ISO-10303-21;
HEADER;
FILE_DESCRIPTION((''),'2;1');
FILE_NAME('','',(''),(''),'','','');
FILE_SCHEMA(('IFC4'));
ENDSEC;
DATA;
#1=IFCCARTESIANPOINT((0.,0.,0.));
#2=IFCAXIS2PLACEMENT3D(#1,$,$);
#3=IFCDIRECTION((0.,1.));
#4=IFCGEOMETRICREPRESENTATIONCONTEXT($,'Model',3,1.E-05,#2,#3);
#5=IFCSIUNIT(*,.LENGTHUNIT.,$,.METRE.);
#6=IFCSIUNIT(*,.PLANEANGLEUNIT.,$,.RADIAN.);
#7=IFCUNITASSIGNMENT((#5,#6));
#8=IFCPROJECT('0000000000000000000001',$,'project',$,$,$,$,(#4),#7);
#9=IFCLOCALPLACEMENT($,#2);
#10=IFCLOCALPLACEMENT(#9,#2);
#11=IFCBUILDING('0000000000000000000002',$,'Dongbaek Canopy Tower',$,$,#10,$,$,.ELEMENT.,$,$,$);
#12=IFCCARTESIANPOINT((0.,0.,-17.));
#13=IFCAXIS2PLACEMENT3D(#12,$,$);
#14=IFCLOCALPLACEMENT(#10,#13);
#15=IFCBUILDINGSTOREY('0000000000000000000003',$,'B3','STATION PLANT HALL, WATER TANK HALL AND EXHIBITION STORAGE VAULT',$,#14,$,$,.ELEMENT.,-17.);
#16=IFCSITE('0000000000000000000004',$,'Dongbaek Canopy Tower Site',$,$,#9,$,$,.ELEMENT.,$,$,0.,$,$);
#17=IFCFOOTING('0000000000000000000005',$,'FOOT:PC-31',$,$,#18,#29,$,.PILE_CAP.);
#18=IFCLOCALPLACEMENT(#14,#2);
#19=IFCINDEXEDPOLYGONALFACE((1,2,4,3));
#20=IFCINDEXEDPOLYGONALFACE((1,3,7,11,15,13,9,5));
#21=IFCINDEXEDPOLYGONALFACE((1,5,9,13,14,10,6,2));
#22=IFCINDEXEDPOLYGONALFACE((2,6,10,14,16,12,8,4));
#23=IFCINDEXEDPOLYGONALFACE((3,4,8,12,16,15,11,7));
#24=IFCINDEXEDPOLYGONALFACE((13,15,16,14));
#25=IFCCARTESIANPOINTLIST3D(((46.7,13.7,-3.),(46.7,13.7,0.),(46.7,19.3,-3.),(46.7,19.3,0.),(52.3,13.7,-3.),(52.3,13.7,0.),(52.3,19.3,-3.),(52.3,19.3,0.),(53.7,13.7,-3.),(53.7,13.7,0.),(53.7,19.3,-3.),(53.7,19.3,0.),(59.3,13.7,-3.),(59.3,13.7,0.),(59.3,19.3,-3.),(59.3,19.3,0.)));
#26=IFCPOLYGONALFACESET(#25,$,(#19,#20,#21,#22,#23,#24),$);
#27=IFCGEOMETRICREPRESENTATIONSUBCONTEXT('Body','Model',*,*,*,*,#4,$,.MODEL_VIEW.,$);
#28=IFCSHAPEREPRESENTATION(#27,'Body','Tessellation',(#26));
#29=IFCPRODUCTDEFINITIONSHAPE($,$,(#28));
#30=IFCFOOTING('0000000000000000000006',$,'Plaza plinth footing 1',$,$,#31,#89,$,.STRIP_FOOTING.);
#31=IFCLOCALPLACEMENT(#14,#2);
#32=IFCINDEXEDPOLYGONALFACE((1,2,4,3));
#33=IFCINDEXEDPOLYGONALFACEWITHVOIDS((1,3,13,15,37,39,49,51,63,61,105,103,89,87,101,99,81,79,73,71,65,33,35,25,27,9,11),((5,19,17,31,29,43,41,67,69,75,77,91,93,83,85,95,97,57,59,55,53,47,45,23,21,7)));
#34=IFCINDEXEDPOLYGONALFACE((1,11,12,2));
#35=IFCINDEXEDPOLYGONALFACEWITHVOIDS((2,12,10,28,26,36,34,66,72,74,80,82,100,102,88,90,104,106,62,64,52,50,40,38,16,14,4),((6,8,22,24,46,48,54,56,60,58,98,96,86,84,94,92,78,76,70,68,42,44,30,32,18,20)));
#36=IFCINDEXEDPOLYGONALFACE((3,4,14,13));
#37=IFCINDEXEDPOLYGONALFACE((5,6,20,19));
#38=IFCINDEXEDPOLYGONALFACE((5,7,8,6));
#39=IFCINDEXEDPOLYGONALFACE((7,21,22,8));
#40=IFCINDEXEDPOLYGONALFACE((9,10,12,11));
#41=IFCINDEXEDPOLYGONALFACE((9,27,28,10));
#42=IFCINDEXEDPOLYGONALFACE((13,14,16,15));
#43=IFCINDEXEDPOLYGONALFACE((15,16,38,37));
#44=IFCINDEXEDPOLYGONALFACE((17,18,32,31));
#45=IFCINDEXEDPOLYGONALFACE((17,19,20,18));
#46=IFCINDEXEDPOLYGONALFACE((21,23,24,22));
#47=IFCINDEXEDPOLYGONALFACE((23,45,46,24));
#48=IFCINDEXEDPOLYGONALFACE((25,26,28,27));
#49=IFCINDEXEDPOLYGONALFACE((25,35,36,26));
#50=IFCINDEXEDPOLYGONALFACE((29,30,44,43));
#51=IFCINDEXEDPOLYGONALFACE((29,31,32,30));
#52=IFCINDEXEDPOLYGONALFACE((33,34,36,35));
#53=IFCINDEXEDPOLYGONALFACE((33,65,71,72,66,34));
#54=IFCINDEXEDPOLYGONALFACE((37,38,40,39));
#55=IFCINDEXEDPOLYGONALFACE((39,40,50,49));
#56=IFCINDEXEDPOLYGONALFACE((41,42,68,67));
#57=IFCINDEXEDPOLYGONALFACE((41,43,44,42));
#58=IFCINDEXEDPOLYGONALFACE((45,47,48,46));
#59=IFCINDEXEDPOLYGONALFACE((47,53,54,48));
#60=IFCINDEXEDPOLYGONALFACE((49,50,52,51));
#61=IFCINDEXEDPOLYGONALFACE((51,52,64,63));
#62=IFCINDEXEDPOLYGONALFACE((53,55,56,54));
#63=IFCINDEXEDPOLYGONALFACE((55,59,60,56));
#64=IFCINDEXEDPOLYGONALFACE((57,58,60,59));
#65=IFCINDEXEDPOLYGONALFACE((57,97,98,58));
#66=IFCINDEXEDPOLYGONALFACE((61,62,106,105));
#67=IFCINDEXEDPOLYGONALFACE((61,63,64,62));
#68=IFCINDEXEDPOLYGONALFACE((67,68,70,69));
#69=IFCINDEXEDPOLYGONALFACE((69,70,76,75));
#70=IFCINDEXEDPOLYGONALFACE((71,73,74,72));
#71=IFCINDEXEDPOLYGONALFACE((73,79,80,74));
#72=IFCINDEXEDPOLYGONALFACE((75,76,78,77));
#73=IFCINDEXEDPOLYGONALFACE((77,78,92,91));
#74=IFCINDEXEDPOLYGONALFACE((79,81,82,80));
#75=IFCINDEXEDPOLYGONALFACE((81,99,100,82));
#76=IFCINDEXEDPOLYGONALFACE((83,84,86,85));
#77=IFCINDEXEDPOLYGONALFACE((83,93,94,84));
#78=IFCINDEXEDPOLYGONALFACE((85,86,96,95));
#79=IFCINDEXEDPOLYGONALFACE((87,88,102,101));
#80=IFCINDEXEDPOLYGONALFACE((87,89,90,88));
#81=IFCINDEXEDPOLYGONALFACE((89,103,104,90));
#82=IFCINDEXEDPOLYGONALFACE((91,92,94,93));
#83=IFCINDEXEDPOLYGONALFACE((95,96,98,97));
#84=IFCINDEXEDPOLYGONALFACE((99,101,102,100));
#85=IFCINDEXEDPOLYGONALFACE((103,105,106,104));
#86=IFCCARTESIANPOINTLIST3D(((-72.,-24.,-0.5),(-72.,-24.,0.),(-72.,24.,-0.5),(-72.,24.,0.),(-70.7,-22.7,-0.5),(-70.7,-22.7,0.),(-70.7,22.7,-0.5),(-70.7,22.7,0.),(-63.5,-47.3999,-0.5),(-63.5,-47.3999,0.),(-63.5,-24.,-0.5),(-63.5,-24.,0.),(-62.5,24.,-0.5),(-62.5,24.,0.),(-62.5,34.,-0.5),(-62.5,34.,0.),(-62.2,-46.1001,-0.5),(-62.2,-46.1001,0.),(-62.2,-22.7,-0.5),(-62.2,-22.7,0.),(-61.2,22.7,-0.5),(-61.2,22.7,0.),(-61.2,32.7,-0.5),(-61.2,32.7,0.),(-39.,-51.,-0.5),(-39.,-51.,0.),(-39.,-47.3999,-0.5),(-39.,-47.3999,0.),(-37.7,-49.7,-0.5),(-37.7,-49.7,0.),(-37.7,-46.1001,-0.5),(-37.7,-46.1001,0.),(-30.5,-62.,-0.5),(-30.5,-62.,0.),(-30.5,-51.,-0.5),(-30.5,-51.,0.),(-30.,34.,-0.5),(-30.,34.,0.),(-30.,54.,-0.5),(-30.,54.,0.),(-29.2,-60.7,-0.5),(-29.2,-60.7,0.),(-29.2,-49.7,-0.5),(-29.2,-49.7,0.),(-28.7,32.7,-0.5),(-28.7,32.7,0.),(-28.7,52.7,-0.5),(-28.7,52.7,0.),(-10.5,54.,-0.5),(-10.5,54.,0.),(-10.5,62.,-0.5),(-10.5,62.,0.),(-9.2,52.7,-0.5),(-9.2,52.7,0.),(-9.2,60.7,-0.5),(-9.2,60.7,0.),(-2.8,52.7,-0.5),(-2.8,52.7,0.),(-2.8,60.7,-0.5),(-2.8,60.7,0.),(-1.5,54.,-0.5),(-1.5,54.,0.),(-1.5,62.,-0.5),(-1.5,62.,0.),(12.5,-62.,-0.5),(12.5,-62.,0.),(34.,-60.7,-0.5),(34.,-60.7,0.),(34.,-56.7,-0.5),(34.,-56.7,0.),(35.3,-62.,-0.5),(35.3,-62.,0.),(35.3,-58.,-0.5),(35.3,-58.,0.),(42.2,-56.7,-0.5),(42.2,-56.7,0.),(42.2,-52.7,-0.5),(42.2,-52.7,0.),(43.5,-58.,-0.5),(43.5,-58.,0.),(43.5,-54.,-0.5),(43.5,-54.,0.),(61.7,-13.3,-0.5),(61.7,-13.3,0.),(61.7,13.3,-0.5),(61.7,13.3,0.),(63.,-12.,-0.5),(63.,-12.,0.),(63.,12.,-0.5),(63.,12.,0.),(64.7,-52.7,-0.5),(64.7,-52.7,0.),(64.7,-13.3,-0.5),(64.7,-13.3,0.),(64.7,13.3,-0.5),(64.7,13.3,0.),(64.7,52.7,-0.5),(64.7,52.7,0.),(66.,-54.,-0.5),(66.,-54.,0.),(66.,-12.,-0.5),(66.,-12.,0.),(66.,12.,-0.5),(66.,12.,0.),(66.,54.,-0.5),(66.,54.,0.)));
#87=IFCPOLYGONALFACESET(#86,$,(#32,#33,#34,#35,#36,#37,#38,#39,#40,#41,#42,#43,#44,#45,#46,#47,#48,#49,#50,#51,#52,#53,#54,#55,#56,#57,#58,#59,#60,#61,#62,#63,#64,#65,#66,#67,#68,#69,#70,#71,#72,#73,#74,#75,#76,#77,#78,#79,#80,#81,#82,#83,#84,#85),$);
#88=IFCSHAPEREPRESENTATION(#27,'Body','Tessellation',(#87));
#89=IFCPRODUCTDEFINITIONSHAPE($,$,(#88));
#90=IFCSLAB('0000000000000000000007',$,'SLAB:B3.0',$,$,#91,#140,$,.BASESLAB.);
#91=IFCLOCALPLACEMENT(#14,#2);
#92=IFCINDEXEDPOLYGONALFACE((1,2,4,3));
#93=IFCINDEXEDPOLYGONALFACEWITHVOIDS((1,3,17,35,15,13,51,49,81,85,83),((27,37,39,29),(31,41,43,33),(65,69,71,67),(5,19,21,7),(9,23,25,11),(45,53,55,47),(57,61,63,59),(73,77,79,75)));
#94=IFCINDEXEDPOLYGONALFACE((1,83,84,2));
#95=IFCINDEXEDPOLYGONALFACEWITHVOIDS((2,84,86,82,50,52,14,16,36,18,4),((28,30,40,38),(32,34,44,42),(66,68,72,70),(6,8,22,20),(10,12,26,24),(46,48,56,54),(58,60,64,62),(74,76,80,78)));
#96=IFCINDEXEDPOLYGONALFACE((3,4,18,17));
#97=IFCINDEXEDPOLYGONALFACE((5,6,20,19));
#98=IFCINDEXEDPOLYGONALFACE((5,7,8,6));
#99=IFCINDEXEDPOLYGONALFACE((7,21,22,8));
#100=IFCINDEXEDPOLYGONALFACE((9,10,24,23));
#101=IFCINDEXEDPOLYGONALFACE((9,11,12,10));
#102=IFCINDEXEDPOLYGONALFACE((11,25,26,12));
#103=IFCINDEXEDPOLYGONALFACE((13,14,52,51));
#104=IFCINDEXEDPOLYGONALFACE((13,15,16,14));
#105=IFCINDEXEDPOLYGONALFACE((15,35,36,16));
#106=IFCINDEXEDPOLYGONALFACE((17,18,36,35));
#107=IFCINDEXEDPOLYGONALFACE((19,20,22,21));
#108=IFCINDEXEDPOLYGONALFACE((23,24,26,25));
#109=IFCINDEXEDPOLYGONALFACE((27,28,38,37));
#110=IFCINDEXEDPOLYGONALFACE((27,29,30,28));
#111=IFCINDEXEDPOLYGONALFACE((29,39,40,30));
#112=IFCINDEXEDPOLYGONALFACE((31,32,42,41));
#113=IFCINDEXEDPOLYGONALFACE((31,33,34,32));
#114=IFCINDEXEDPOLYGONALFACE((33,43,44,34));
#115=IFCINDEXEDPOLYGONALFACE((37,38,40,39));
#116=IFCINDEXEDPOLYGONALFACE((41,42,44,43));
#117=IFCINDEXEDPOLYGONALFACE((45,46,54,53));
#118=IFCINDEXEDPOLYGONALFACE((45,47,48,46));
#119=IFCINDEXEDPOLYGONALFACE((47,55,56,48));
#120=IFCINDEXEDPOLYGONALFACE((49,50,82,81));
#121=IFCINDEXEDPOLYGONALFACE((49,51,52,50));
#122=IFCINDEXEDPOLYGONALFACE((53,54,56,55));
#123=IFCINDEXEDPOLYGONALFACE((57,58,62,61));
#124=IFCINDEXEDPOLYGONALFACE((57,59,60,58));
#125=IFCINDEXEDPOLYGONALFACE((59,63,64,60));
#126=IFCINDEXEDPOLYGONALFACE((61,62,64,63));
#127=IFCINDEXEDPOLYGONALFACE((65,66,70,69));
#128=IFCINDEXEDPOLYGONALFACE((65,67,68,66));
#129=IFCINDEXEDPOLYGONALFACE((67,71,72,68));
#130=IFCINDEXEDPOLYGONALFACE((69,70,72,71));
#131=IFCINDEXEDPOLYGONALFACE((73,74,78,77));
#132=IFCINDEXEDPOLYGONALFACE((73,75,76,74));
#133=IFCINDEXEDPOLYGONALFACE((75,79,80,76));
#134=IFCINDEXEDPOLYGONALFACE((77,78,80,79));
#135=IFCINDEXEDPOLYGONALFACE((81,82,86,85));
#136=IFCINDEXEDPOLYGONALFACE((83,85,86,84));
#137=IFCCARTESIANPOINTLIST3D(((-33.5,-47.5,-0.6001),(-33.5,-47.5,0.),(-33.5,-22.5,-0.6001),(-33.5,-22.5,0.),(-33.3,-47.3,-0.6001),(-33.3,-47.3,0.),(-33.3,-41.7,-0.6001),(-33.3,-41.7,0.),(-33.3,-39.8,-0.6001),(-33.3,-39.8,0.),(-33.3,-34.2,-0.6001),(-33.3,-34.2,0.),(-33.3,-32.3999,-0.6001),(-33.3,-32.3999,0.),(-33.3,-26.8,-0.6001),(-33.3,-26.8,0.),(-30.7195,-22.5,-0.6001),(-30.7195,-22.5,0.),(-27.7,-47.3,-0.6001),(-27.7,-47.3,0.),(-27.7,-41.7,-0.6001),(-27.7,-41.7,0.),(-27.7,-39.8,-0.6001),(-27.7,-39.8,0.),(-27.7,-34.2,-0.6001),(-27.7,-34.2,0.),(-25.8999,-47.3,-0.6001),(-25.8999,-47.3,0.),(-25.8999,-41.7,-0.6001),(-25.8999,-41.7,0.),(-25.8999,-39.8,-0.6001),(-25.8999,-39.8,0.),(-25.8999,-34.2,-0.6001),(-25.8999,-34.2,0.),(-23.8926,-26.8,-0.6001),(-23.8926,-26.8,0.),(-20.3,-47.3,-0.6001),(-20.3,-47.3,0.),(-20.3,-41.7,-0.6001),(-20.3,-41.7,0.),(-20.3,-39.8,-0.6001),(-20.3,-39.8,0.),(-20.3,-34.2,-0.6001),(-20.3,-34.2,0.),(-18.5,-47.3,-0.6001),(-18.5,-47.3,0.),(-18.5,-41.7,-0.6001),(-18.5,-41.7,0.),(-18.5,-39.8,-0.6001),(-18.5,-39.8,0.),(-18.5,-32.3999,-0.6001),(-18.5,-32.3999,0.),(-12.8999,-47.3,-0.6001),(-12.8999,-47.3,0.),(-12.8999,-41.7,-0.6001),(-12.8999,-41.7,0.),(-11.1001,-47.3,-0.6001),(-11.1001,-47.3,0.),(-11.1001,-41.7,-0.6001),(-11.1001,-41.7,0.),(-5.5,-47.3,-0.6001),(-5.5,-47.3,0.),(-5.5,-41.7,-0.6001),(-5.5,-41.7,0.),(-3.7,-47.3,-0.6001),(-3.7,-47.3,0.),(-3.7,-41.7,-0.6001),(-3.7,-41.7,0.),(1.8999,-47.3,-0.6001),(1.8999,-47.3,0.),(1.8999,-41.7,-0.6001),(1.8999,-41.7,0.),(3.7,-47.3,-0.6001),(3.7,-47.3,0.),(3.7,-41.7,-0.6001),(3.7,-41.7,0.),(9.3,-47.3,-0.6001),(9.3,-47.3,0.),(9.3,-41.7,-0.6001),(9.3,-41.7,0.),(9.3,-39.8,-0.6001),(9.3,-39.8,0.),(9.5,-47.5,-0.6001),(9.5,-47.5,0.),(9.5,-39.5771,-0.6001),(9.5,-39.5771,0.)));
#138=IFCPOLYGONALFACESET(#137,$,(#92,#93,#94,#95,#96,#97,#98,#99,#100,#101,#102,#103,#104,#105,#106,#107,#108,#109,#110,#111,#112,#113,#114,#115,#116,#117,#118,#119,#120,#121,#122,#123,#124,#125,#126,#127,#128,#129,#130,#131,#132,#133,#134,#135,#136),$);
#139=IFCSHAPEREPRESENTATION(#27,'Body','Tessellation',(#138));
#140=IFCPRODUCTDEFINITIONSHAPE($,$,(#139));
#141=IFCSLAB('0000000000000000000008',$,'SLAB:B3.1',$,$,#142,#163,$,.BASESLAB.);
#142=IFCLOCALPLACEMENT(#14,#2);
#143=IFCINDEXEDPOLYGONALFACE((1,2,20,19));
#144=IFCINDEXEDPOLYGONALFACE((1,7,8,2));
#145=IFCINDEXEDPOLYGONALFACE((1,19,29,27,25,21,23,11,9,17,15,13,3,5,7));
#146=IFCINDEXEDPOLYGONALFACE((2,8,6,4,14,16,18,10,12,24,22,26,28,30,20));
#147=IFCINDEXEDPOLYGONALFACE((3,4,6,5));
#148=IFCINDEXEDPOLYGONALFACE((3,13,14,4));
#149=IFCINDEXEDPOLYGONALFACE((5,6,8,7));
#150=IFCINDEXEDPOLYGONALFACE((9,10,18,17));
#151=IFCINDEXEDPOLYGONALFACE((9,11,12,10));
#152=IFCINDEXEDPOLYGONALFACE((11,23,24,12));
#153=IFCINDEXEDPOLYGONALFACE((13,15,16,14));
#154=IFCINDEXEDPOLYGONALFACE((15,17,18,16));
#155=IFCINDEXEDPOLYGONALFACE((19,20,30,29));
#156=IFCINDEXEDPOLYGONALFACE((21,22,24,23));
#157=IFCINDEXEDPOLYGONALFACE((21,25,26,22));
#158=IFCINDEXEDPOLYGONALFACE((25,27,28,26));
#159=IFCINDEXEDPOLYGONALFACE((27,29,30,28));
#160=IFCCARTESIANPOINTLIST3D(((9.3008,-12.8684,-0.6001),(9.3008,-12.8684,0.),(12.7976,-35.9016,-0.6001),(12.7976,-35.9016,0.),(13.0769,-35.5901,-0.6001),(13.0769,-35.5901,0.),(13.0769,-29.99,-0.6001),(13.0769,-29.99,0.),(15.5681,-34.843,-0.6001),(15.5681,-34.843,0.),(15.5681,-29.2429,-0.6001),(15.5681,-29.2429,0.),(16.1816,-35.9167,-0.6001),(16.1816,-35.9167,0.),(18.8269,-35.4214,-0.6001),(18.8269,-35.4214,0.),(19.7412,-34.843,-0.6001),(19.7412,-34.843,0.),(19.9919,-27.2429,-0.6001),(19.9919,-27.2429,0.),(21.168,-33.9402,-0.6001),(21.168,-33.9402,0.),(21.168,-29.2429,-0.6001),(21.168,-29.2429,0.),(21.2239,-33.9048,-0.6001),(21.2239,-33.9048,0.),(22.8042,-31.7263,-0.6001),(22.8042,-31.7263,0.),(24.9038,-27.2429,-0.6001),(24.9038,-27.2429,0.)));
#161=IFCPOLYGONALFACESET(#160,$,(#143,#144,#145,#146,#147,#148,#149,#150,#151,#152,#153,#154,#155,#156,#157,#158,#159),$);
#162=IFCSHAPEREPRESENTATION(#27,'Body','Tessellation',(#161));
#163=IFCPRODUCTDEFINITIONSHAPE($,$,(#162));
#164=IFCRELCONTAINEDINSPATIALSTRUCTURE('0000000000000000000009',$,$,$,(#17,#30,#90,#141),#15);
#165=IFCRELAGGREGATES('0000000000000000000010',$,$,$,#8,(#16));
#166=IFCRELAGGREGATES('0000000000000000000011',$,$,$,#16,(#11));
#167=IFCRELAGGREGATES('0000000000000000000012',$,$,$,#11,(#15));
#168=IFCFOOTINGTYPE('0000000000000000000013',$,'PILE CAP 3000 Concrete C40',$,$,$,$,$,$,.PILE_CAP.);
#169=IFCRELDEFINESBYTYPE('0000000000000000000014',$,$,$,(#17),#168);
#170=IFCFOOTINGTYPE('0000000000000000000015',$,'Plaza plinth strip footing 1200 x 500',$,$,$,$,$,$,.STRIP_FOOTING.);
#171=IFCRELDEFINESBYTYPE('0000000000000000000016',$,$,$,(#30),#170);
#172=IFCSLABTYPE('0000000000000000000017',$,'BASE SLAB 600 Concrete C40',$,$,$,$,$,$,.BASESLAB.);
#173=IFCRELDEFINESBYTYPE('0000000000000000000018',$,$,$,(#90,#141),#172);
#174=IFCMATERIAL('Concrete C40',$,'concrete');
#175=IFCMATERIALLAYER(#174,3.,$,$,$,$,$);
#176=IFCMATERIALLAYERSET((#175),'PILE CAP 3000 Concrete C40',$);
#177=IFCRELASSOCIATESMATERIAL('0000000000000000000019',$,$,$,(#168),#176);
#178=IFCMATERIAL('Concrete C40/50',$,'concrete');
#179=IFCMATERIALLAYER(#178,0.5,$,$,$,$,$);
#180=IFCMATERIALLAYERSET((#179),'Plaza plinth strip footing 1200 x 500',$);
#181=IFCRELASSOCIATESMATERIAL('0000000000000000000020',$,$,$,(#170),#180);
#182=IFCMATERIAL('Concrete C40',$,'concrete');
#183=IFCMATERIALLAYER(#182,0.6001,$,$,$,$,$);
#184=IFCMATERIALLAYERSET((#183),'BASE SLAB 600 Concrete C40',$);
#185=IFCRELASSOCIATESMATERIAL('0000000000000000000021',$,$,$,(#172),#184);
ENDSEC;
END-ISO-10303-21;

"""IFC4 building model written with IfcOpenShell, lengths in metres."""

from ifc_helpers import new_model, si_unit, direction, frame, origin, place, context, subcontext, project, spatial, polyline, outline, extrude, material, layer, layer_set, type_object, element, save


model = new_model("IFC4")

# Units and contexts
model_context = context("Model", 3, precision=1e-05, world=origin(), true_north=direction((0.0, 1.0)))
body_context = subcontext(model_context, "Body", "Model", "MODEL_VIEW")
ifc_project = project(units=[si_unit("LENGTHUNIT", "METRE"), si_unit("PLANEANGLEUNIT", "RADIAN")], contexts=[model_context])

# Site, building, storey
site_placement = place(None, origin())
site = spatial("IfcSite", under=ifc_project, at=site_placement, Name="Dongbaek Canopy Tower Site", CompositionType="ELEMENT", RefElevation=0.0)
building_placement = place(site_placement, origin())
building = spatial("IfcBuilding", under=site, at=building_placement, Name="Dongbaek Canopy Tower", CompositionType="ELEMENT")
storey_placement = place(building_placement, frame((0.0, 0.0, -17.0)))
storey = spatial("IfcBuildingStorey", under=building, at=storey_placement, Name="B3", Description="STATION PLANT HALL, WATER TANK HALL AND EXHIBITION STORAGE VAULT", CompositionType="ELEMENT", Elevation=-17.0)

# Footings
ifc_material_1 = material(Name="Concrete C40", Category="concrete")
ifc_layer_1 = layer(ifc_material_1, 3.0)
ifc_layer_set_1 = layer_set([ifc_layer_1], Name="PILE CAP 3000 Concrete C40")
footing_type_1 = type_object("IfcFootingType", Name="PILE CAP 3000 Concrete C40", PredefinedType="PILE_CAP", material=ifc_layer_set_1)
footing_1_placement = place(storey_placement, frame((0.0, 0.0, -3.0)))
element("IfcFooting", 1, at=footing_1_placement, inside=storey, type_object=footing_type_1, Name="FOOT:PC-31", PredefinedType="PILE_CAP", context=body_context, shape_type="SweptSolid", body=[
    extrude(outline(polyline([(52.3, 19.3), (53.7, 19.3), (59.3, 19.3), (59.3, 13.7), (53.7, 13.7), (52.3, 13.7), (46.7, 13.7), (46.7, 19.3), (52.3, 19.3)])), origin(), (0.0, 0.0, 1.0), 3.0),
])
ifc_material_2 = material(Name="Concrete C40/50", Category="concrete")
ifc_layer_2 = layer(ifc_material_2, 0.5)
ifc_layer_set_2 = layer_set([ifc_layer_2], Name="Plaza plinth strip footing 1200 x 500")
footing_type_2 = type_object("IfcFootingType", Name="Plaza plinth strip footing 1200 x 500", PredefinedType="STRIP_FOOTING", material=ifc_layer_set_2)
footing_2_placement = place(storey_placement, frame((0.0, 0.0, -0.5)))
element("IfcFooting", 2, at=footing_2_placement, inside=storey, type_object=footing_type_2, Name="Plaza plinth footing 1", PredefinedType="STRIP_FOOTING", context=body_context, shape_type="SweptSolid", body=[
    extrude(outline(polyline([(-62.5, 34.0), (-30.0, 34.0), (-30.0, 54.0), (-10.5, 54.0), (-10.5, 62.0), (-1.5, 62.0), (-1.5, 54.0), (66.0, 54.0), (66.0, 12.0), (63.0, 12.0), (63.0, -12.0), (66.0, -12.0), (66.0, -54.0), (43.5, -54.0), (43.5, -58.0), (35.3, -58.0), (35.3, -62.0), (12.5, -62.0), (-30.5, -62.0), (-30.5, -51.0), (-39.0, -51.0), (-39.0, -47.3999), (-63.5, -47.3999), (-63.5, -24.0), (-72.0, -24.0), (-72.0, 24.0), (-62.5, 24.0), (-62.5, 34.0)]), holes=[polyline([(-70.7, 22.7), (-70.7, -22.7), (-62.2, -22.7), (-62.2, -46.1001), (-37.7, -46.1001), (-37.7, -49.7), (-29.2, -49.7), (-29.2, -60.7), (34.0, -60.7), (34.0, -56.7), (42.2, -56.7), (42.2, -52.7), (64.7, -52.7), (64.7, -13.3), (61.7, -13.3), (61.7, 13.3), (64.7, 13.3), (64.7, 52.7), (-2.8, 52.7), (-2.8, 60.7), (-9.2, 60.7), (-9.2, 52.7), (-28.7, 52.7), (-28.7, 32.7), (-61.2, 32.7), (-61.2, 22.7), (-70.7, 22.7)])]), origin(), (0.0, 0.0, 1.0), 0.5),
])

# Slabs
ifc_material_3 = material(Name="Concrete C40", Category="concrete")
ifc_layer_3 = layer(ifc_material_3, 0.6001)
ifc_layer_set_3 = layer_set([ifc_layer_3], Name="BASE SLAB 600 Concrete C40")
slab_type_1 = type_object("IfcSlabType", Name="BASE SLAB 600 Concrete C40", PredefinedType="BASESLAB", material=ifc_layer_set_3)
slab_1_placement = place(storey_placement, frame((0.0, 0.0, -0.6001)))
element("IfcSlab", 3, at=slab_1_placement, inside=storey, type_object=slab_type_1, Name="SLAB:B3.0", PredefinedType="BASESLAB", context=body_context, shape_type="SweptSolid", body=[
    extrude(outline(polyline([(9.5, -47.5), (-33.5, -47.5), (-33.5, -22.5), (-30.7195, -22.5), (-23.8926, -26.8), (-33.3, -26.8), (-33.3, -32.3999), (-18.5, -32.3999), (-18.5, -39.8), (9.3, -39.8), (9.5, -39.5771), (9.5, -47.5)]), holes=[polyline([(-27.7, -41.7), (-33.3, -41.7), (-33.3, -47.3), (-27.7, -47.3), (-27.7, -41.7)]), polyline([(-27.7, -39.8), (-27.7, -34.2), (-33.3, -34.2), (-33.3, -39.8), (-27.7, -39.8)]), polyline([(-20.3, -47.3), (-20.3, -41.7), (-25.8999, -41.7), (-25.8999, -47.3), (-20.3, -47.3)]), polyline([(-12.8999, -47.3), (-12.8999, -41.7), (-18.5, -41.7), (-18.5, -47.3), (-12.8999, -47.3)]), polyline([(-5.5, -47.3), (-5.5, -41.7), (-11.1001, -41.7), (-11.1001, -47.3), (-5.5, -47.3)]), polyline([(1.8999, -47.3), (1.8999, -41.7), (-3.7, -41.7), (-3.7, -47.3), (1.8999, -47.3)]), polyline([(9.3, -47.3), (9.3, -41.7), (3.7, -41.7), (3.7, -47.3), (9.3, -47.3)]), polyline([(-20.3, -39.8), (-20.3, -34.2), (-25.8999, -34.2), (-25.8999, -39.8), (-20.3, -39.8)])]), origin(), (0.0, 0.0, 1.0), 0.6001),
])
slab_2_placement = place(storey_placement, frame((0.0, 0.0, -0.6001)))
element("IfcSlab", 4, at=slab_2_placement, inside=storey, type_object=slab_type_1, Name="SLAB:B3.1", PredefinedType="BASESLAB", context=body_context, shape_type="SweptSolid", body=[
    extrude(outline(polyline([(18.8269, -35.4214), (16.1816, -35.9167), (12.7976, -35.9016), (13.0769, -35.5901), (13.0769, -29.99), (9.3008, -12.8684), (19.9919, -27.2429), (24.9038, -27.2429), (22.8042, -31.7263), (21.2239, -33.9048), (21.168, -33.9402), (21.168, -29.2429), (15.5681, -29.2429), (15.5681, -34.843), (19.7412, -34.843), (18.8269, -35.4214)])), origin(), (0.0, 0.0, 1.0), 0.6001),
])

save(model, "model.ifc")
